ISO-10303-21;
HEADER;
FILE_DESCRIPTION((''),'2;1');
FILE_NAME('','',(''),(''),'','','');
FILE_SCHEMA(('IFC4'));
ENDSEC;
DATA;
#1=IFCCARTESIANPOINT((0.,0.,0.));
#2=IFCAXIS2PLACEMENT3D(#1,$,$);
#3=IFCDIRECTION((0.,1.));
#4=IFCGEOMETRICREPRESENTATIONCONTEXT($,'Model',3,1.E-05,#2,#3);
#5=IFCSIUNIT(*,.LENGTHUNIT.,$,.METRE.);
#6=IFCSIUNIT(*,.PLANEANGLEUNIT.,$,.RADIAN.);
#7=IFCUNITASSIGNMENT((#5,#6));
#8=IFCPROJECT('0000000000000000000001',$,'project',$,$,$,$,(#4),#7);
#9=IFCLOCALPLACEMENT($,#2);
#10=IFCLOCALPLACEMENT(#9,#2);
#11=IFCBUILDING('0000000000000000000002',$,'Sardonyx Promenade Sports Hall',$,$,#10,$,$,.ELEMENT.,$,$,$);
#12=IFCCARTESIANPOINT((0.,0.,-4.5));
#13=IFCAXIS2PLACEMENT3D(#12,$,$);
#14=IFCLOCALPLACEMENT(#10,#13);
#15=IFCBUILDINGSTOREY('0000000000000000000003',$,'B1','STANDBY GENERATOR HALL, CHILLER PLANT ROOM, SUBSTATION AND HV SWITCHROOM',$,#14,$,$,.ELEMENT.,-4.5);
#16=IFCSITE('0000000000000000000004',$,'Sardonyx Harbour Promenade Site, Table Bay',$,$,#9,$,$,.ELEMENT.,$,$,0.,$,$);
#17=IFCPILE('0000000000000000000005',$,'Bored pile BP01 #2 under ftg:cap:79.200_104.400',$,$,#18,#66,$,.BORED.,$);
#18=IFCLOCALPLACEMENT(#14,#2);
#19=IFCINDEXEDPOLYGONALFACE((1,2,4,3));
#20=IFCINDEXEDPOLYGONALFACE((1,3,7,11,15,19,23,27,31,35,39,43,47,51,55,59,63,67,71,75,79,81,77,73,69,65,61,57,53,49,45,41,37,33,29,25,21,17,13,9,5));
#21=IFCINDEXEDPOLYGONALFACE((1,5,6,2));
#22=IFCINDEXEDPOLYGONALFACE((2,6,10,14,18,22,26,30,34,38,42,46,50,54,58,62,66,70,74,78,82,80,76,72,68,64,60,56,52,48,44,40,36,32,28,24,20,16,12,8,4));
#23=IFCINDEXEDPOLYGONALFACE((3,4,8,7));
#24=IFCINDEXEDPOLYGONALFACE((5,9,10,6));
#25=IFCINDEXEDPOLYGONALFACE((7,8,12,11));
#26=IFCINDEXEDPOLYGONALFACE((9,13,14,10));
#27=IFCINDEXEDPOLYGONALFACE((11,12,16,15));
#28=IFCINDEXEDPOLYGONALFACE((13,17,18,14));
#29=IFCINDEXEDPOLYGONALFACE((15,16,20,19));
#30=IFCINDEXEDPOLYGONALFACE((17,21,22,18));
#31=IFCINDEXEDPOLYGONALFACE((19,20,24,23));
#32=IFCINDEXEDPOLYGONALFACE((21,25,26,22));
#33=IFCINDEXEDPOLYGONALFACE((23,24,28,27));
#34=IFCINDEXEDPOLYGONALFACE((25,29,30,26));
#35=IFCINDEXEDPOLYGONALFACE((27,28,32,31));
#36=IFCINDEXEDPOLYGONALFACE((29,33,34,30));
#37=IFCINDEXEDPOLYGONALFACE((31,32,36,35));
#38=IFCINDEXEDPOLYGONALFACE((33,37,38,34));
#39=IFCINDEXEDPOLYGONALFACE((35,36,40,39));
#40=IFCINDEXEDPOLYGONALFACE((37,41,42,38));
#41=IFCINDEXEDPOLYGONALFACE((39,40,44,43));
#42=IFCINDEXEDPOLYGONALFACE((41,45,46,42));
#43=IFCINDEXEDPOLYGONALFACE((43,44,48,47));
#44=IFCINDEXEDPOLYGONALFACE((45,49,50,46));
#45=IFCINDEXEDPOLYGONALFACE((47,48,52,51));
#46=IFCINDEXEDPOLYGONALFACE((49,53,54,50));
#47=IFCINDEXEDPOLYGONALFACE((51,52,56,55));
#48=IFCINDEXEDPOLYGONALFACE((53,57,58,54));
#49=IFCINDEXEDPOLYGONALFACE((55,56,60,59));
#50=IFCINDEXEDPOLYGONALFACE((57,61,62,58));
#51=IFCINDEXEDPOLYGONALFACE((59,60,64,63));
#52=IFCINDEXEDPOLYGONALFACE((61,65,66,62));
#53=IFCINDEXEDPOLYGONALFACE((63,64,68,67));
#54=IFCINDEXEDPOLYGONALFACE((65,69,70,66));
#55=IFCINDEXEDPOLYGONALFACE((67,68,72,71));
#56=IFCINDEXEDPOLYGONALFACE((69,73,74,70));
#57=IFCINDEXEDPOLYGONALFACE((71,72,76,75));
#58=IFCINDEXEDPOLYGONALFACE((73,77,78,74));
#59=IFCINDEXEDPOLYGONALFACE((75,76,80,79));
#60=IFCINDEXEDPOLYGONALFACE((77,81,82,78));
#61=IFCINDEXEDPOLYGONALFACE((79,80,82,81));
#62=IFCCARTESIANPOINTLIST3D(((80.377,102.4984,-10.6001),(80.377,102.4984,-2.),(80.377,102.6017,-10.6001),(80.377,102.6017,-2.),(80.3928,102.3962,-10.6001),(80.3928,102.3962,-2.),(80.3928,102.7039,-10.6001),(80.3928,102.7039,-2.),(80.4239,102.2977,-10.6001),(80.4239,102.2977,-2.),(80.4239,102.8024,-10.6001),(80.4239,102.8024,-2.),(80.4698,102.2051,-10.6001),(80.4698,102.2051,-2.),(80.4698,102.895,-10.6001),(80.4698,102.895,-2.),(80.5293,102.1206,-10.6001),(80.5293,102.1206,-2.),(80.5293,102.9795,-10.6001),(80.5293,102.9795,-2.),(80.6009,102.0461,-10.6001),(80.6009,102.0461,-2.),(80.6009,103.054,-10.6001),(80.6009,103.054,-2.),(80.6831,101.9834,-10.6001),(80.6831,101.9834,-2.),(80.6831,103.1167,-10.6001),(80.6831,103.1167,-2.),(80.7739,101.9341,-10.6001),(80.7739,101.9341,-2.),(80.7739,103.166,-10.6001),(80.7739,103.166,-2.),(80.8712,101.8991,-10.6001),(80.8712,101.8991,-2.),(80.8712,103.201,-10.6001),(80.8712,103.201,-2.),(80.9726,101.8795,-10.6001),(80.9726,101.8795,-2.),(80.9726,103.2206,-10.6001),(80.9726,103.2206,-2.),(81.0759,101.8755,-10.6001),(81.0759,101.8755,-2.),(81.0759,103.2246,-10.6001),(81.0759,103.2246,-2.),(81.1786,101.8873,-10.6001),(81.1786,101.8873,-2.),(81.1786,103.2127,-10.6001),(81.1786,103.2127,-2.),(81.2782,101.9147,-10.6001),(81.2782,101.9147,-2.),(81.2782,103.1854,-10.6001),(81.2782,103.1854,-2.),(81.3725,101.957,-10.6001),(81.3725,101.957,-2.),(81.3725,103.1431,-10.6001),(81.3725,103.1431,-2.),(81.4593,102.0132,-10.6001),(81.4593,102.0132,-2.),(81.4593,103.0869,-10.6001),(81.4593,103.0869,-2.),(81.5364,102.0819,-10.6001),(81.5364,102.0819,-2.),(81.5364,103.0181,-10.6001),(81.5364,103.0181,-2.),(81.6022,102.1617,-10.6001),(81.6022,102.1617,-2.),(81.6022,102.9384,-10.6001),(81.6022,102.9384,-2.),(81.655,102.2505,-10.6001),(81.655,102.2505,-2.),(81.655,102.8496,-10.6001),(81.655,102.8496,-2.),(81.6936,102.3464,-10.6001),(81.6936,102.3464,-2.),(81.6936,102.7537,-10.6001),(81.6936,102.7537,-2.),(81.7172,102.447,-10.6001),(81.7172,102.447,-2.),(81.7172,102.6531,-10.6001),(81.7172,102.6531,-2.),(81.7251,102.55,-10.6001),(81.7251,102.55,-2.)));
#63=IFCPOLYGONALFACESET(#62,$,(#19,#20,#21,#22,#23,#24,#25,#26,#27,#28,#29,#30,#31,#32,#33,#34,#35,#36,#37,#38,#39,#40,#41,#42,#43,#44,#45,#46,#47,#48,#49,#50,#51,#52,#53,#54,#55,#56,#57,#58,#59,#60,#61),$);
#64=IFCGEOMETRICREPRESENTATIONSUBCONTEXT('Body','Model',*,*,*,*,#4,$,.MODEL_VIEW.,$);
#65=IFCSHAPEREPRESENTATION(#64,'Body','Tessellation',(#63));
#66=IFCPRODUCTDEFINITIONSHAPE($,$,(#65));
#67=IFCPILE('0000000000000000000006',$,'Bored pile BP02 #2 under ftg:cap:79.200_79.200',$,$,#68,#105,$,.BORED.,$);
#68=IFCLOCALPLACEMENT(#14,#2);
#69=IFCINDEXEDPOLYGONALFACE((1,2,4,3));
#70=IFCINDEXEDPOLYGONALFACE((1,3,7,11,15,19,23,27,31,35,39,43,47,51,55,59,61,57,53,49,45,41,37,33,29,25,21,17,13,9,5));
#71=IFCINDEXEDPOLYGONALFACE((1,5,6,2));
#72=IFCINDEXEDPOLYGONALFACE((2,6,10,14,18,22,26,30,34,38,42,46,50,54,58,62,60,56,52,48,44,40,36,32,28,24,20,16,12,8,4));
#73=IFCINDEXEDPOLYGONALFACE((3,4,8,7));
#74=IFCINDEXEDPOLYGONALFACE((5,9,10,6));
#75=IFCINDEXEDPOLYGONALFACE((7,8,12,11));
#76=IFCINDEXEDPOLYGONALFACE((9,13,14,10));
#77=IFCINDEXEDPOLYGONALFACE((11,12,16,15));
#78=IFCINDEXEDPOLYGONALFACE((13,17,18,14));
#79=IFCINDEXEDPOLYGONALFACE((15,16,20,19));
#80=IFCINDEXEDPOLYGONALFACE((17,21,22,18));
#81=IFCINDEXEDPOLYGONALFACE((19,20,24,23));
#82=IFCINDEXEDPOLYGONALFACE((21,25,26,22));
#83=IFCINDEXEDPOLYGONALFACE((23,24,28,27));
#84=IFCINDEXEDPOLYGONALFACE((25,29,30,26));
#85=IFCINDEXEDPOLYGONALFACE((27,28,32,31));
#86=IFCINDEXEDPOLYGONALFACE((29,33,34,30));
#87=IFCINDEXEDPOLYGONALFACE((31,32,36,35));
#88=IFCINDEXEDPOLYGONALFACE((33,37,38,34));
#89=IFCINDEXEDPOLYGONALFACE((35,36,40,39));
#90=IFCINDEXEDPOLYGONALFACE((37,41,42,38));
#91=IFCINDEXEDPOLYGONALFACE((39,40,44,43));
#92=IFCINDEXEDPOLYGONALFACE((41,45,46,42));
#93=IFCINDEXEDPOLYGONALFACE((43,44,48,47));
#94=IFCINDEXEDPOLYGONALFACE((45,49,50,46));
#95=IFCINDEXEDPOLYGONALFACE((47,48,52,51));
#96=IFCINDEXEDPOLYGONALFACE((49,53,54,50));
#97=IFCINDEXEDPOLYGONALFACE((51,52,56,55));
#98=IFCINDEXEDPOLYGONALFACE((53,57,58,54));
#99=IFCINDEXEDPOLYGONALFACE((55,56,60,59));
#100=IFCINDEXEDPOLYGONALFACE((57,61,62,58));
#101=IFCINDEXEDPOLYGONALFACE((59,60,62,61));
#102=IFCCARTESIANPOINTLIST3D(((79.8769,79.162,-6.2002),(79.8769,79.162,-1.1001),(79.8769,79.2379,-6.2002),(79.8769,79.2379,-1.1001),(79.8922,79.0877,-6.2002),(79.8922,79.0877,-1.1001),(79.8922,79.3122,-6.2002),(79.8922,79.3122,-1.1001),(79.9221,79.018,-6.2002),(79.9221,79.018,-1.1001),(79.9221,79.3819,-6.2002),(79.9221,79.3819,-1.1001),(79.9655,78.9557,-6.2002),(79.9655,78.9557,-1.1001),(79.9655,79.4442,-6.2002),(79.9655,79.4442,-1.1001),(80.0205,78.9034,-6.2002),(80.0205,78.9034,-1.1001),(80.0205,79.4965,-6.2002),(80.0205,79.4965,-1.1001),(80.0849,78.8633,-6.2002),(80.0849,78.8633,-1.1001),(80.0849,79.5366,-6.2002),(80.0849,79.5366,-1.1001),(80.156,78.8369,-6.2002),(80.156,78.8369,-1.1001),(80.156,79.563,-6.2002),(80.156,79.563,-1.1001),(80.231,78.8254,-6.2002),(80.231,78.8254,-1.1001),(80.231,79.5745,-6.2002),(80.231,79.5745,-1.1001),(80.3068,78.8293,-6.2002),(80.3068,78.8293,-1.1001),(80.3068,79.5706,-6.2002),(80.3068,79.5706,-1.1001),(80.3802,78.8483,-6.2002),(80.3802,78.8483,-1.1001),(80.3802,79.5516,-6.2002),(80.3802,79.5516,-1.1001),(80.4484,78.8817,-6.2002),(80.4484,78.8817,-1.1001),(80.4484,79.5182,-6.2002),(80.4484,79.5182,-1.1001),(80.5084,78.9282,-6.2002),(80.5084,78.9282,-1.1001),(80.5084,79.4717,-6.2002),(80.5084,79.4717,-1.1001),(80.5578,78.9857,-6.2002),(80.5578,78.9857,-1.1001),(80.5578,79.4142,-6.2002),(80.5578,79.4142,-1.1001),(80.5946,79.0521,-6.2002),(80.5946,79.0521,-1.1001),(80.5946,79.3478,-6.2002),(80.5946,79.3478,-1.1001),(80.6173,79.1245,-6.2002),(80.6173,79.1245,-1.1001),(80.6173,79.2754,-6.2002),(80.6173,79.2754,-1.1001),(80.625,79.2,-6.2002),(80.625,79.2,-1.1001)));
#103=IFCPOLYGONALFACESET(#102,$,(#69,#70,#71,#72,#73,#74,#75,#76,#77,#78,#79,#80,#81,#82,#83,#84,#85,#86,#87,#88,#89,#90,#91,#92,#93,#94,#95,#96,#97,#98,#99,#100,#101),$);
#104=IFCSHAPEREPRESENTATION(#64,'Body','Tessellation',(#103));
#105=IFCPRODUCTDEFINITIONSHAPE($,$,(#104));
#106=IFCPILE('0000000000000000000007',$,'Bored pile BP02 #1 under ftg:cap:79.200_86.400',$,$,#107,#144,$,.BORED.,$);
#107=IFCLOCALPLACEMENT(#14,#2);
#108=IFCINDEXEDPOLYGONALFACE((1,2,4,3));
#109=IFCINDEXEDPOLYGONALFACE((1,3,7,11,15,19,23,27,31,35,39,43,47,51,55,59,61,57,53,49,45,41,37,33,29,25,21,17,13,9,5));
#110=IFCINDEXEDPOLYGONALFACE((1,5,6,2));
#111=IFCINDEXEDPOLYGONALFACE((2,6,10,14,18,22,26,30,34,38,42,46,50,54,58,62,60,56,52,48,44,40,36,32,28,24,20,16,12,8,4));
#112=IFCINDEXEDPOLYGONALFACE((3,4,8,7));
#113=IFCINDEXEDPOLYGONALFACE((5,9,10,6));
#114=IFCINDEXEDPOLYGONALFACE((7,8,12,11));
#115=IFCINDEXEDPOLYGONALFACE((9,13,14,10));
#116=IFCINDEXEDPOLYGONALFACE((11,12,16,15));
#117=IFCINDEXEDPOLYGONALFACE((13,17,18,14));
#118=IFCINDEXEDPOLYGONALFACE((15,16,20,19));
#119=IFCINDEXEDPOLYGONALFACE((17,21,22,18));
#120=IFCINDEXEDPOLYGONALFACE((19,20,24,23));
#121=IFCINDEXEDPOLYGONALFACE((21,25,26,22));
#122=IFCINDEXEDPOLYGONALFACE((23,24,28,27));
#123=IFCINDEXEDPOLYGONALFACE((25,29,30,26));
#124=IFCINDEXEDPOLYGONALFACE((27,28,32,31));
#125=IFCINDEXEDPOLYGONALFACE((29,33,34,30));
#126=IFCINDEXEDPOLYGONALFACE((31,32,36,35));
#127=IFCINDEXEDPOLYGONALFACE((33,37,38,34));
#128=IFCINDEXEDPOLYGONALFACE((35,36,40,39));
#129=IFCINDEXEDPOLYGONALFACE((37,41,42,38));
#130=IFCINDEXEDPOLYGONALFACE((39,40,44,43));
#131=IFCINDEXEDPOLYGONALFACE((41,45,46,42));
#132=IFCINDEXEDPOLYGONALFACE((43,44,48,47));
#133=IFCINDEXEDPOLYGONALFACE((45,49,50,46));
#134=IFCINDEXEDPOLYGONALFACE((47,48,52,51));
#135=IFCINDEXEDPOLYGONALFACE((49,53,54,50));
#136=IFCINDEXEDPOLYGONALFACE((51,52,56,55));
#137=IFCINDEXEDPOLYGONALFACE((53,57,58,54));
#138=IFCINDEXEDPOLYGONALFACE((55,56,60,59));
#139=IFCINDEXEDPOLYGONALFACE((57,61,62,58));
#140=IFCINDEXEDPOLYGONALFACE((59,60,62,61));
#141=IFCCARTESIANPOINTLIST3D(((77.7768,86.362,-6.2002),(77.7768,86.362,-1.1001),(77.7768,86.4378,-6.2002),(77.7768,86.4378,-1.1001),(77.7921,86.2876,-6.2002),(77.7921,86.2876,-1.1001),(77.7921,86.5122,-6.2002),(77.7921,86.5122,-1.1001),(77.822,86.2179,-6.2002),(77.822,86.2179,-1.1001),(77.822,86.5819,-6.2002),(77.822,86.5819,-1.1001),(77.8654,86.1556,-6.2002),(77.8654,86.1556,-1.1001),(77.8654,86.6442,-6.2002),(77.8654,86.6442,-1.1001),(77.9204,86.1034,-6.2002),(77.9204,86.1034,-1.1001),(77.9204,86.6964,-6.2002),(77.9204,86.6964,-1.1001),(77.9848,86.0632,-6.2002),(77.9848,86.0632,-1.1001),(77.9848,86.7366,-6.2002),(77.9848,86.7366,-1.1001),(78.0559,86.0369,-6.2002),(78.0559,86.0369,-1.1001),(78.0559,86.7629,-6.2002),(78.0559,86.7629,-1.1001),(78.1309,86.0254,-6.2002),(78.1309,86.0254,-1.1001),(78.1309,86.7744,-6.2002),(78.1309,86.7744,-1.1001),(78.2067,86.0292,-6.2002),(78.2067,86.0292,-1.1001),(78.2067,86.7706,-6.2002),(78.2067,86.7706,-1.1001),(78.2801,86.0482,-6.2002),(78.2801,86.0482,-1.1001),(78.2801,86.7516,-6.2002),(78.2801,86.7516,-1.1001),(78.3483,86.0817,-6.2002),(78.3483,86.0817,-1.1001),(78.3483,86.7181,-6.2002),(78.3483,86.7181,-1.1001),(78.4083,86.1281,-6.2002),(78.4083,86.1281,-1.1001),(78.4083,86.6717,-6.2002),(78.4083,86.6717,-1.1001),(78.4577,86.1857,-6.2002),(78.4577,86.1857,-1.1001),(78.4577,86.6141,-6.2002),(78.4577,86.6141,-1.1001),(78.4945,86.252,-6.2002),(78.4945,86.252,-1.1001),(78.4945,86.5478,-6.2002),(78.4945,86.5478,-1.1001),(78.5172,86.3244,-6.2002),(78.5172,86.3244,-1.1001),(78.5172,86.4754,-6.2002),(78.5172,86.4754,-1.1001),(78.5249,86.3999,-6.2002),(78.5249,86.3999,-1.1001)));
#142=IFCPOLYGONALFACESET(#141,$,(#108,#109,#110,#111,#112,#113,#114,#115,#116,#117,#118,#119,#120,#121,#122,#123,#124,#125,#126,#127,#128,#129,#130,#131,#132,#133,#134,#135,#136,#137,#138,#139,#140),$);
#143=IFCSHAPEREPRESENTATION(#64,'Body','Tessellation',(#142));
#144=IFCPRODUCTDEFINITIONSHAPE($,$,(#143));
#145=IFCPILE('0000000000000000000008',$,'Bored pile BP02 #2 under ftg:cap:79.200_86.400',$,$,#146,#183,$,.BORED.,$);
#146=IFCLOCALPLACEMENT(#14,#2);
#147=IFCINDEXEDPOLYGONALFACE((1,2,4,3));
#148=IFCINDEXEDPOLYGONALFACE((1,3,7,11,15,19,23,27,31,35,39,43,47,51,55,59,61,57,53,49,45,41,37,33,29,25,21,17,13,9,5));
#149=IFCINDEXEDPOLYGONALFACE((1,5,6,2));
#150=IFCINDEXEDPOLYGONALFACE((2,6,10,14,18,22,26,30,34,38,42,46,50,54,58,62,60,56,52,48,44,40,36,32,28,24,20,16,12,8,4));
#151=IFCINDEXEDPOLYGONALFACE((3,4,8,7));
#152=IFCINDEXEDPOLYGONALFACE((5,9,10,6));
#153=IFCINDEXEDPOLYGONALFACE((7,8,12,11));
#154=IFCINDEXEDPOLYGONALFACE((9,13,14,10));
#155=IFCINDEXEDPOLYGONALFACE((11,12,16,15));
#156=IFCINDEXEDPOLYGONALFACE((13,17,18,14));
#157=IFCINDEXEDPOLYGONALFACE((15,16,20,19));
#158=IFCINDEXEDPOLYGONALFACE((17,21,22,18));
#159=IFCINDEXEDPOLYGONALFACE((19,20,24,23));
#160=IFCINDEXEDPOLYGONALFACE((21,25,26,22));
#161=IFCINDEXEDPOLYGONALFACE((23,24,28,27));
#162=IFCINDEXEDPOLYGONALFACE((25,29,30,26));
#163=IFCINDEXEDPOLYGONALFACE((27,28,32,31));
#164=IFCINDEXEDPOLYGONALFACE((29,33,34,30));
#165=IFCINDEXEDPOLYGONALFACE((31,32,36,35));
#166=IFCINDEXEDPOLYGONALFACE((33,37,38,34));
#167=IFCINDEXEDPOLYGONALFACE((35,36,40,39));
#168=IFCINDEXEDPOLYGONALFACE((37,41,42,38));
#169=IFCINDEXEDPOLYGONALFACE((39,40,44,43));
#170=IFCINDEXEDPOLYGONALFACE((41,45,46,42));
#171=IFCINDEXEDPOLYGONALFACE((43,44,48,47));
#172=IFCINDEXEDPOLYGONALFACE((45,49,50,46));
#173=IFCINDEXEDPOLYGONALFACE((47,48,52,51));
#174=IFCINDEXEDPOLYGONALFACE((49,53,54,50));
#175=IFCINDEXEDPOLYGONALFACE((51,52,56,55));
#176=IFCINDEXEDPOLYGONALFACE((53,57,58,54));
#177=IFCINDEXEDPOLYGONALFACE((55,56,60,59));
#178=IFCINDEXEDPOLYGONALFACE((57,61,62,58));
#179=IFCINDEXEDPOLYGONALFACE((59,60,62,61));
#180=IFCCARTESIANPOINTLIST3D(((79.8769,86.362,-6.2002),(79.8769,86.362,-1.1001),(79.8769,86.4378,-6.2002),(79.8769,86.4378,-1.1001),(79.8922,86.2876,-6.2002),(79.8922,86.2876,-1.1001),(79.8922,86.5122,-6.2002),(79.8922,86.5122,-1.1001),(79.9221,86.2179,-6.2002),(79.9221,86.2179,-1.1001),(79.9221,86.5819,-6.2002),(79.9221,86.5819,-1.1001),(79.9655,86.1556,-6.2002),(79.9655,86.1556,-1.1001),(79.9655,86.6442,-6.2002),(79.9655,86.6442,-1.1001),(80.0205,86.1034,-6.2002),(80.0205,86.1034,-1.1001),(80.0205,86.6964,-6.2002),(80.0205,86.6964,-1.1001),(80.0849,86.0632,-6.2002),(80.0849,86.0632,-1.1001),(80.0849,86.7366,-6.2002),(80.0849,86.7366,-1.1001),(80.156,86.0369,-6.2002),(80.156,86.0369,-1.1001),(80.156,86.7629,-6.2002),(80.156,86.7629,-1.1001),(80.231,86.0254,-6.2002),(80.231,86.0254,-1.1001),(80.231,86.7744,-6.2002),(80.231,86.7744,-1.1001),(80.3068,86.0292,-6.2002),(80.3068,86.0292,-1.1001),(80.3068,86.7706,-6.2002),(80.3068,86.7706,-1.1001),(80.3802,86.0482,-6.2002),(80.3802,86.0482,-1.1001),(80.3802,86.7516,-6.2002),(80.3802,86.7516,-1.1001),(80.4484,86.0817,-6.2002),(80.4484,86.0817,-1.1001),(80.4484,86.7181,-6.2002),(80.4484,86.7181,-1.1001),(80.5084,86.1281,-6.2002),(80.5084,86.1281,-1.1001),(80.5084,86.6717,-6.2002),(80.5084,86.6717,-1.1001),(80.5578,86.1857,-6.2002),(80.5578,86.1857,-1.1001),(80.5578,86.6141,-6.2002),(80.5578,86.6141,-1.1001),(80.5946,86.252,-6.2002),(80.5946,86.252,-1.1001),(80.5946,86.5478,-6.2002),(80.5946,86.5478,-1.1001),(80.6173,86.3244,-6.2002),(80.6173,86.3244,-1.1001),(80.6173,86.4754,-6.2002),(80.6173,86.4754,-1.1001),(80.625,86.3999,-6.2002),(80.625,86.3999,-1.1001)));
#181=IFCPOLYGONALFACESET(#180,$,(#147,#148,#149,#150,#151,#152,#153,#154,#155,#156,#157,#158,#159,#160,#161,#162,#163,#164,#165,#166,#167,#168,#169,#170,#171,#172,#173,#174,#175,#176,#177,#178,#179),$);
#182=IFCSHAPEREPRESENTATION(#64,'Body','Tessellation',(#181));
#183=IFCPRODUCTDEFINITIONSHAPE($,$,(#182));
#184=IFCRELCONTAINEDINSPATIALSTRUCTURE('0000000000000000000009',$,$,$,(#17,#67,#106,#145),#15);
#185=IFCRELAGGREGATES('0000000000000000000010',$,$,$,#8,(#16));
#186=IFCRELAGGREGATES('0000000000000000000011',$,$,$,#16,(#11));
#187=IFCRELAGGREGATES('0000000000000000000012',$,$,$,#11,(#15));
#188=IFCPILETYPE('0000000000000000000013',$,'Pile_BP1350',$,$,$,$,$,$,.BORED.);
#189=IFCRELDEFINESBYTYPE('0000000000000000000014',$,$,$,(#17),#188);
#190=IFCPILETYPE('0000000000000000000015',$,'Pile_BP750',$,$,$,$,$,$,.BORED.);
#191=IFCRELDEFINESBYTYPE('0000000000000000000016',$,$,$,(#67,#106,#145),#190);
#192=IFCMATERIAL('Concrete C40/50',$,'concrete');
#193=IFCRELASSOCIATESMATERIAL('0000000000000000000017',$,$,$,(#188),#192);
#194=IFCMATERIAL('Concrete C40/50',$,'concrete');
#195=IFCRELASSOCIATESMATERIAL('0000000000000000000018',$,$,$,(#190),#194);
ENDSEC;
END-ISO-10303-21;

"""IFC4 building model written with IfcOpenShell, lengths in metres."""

from ifc_helpers import new_model, si_unit, direction, frame, origin, origin_2d, place, context, subcontext, project, spatial, circle, extrude, material, material_profile, profile_set, type_object, element, save


model = new_model("IFC4")

# Units and contexts
model_context = context("Model", 3, precision=1e-05, world=origin(), true_north=direction((0.0, 1.0)))
body_context = subcontext(model_context, "Body", "Model", "MODEL_VIEW")
ifc_project = project(units=[si_unit("LENGTHUNIT", "METRE"), si_unit("PLANEANGLEUNIT", "RADIAN")], contexts=[model_context])

# Site, building, storey
site_placement = place(None, origin())
site = spatial("IfcSite", under=ifc_project, at=site_placement, Name="Sardonyx Harbour Promenade Site, Table Bay", CompositionType="ELEMENT", RefElevation=0.0)
building_placement = place(site_placement, origin())
building = spatial("IfcBuilding", under=site, at=building_placement, Name="Sardonyx Promenade Sports Hall", CompositionType="ELEMENT")
storey_placement = place(building_placement, frame((0.0, 0.0, -4.5)))
storey = spatial("IfcBuildingStorey", under=building, at=storey_placement, Name="B1", Description="STANDBY GENERATOR HALL, CHILLER PLANT ROOM, SUBSTATION AND HV SWITCHROOM", CompositionType="ELEMENT", Elevation=-4.5)

# Piles
ifc_material_1 = material(Name="Concrete C40/50", Category="concrete")
ifc_material_profile_1 = material_profile(ifc_material_1, circle(Radius=0.675, at=origin_2d()))
ifc_profile_set_1 = profile_set([ifc_material_profile_1], Name="Concrete C40/50")
pile_type_1 = type_object("IfcPileType", Name="Pile_BP1350", PredefinedType="BORED", material=ifc_profile_set_1)
for number, where, z_axis, x_axis, name in (
    (1, (81.05, 102.55, -2.0), (0.0, 0.0, -1.0), (1.0, 0.0, 0.0), "Bored pile BP01 #2 under ftg:cap:79.200_104.400"),
):
    element("IfcPile", number, at=place(storey_placement, frame(where, z_axis=z_axis, x_axis=x_axis)), inside=storey, type_object=pile_type_1, Name=name, PredefinedType="BORED", context=body_context, shape_type="SweptSolid", body=[
        extrude(circle(Radius=0.675, at=origin_2d()), origin(), (0.0, 0.0, 1.0), 8.6001),
    ])
ifc_material_2 = material(Name="Concrete C40/50", Category="concrete")
ifc_material_profile_2 = material_profile(ifc_material_2, circle(Radius=0.375, at=origin_2d()))
ifc_profile_set_2 = profile_set([ifc_material_profile_2], Name="Concrete C40/50")
pile_type_2 = type_object("IfcPileType", Name="Pile_BP750", PredefinedType="BORED", material=ifc_profile_set_2)
for number, where, z_axis, x_axis, name in (
    (2, (80.25, 79.2, -1.1001), (0.0, 0.0, -1.0), (1.0, 0.0, 0.0), "Bored pile BP02 #2 under ftg:cap:79.200_79.200"),
    (3, (78.1499, 86.3999, -1.1001), (0.0, 0.0, -1.0), (1.0, 0.0, 0.0), "Bored pile BP02 #1 under ftg:cap:79.200_86.400"),
    (4, (80.25, 86.3999, -1.1001), (0.0, 0.0, -1.0), (1.0, 0.0, 0.0), "Bored pile BP02 #2 under ftg:cap:79.200_86.400"),
):
    element("IfcPile", number, at=place(storey_placement, frame(where, z_axis=z_axis, x_axis=x_axis)), inside=storey, type_object=pile_type_2, Name=name, PredefinedType="BORED", context=body_context, shape_type="SweptSolid", body=[
        extrude(circle(Radius=0.375, at=origin_2d()), origin(), (0.0, 0.0, 1.0), 5.1001),
    ])

save(model, "model.ifc")
